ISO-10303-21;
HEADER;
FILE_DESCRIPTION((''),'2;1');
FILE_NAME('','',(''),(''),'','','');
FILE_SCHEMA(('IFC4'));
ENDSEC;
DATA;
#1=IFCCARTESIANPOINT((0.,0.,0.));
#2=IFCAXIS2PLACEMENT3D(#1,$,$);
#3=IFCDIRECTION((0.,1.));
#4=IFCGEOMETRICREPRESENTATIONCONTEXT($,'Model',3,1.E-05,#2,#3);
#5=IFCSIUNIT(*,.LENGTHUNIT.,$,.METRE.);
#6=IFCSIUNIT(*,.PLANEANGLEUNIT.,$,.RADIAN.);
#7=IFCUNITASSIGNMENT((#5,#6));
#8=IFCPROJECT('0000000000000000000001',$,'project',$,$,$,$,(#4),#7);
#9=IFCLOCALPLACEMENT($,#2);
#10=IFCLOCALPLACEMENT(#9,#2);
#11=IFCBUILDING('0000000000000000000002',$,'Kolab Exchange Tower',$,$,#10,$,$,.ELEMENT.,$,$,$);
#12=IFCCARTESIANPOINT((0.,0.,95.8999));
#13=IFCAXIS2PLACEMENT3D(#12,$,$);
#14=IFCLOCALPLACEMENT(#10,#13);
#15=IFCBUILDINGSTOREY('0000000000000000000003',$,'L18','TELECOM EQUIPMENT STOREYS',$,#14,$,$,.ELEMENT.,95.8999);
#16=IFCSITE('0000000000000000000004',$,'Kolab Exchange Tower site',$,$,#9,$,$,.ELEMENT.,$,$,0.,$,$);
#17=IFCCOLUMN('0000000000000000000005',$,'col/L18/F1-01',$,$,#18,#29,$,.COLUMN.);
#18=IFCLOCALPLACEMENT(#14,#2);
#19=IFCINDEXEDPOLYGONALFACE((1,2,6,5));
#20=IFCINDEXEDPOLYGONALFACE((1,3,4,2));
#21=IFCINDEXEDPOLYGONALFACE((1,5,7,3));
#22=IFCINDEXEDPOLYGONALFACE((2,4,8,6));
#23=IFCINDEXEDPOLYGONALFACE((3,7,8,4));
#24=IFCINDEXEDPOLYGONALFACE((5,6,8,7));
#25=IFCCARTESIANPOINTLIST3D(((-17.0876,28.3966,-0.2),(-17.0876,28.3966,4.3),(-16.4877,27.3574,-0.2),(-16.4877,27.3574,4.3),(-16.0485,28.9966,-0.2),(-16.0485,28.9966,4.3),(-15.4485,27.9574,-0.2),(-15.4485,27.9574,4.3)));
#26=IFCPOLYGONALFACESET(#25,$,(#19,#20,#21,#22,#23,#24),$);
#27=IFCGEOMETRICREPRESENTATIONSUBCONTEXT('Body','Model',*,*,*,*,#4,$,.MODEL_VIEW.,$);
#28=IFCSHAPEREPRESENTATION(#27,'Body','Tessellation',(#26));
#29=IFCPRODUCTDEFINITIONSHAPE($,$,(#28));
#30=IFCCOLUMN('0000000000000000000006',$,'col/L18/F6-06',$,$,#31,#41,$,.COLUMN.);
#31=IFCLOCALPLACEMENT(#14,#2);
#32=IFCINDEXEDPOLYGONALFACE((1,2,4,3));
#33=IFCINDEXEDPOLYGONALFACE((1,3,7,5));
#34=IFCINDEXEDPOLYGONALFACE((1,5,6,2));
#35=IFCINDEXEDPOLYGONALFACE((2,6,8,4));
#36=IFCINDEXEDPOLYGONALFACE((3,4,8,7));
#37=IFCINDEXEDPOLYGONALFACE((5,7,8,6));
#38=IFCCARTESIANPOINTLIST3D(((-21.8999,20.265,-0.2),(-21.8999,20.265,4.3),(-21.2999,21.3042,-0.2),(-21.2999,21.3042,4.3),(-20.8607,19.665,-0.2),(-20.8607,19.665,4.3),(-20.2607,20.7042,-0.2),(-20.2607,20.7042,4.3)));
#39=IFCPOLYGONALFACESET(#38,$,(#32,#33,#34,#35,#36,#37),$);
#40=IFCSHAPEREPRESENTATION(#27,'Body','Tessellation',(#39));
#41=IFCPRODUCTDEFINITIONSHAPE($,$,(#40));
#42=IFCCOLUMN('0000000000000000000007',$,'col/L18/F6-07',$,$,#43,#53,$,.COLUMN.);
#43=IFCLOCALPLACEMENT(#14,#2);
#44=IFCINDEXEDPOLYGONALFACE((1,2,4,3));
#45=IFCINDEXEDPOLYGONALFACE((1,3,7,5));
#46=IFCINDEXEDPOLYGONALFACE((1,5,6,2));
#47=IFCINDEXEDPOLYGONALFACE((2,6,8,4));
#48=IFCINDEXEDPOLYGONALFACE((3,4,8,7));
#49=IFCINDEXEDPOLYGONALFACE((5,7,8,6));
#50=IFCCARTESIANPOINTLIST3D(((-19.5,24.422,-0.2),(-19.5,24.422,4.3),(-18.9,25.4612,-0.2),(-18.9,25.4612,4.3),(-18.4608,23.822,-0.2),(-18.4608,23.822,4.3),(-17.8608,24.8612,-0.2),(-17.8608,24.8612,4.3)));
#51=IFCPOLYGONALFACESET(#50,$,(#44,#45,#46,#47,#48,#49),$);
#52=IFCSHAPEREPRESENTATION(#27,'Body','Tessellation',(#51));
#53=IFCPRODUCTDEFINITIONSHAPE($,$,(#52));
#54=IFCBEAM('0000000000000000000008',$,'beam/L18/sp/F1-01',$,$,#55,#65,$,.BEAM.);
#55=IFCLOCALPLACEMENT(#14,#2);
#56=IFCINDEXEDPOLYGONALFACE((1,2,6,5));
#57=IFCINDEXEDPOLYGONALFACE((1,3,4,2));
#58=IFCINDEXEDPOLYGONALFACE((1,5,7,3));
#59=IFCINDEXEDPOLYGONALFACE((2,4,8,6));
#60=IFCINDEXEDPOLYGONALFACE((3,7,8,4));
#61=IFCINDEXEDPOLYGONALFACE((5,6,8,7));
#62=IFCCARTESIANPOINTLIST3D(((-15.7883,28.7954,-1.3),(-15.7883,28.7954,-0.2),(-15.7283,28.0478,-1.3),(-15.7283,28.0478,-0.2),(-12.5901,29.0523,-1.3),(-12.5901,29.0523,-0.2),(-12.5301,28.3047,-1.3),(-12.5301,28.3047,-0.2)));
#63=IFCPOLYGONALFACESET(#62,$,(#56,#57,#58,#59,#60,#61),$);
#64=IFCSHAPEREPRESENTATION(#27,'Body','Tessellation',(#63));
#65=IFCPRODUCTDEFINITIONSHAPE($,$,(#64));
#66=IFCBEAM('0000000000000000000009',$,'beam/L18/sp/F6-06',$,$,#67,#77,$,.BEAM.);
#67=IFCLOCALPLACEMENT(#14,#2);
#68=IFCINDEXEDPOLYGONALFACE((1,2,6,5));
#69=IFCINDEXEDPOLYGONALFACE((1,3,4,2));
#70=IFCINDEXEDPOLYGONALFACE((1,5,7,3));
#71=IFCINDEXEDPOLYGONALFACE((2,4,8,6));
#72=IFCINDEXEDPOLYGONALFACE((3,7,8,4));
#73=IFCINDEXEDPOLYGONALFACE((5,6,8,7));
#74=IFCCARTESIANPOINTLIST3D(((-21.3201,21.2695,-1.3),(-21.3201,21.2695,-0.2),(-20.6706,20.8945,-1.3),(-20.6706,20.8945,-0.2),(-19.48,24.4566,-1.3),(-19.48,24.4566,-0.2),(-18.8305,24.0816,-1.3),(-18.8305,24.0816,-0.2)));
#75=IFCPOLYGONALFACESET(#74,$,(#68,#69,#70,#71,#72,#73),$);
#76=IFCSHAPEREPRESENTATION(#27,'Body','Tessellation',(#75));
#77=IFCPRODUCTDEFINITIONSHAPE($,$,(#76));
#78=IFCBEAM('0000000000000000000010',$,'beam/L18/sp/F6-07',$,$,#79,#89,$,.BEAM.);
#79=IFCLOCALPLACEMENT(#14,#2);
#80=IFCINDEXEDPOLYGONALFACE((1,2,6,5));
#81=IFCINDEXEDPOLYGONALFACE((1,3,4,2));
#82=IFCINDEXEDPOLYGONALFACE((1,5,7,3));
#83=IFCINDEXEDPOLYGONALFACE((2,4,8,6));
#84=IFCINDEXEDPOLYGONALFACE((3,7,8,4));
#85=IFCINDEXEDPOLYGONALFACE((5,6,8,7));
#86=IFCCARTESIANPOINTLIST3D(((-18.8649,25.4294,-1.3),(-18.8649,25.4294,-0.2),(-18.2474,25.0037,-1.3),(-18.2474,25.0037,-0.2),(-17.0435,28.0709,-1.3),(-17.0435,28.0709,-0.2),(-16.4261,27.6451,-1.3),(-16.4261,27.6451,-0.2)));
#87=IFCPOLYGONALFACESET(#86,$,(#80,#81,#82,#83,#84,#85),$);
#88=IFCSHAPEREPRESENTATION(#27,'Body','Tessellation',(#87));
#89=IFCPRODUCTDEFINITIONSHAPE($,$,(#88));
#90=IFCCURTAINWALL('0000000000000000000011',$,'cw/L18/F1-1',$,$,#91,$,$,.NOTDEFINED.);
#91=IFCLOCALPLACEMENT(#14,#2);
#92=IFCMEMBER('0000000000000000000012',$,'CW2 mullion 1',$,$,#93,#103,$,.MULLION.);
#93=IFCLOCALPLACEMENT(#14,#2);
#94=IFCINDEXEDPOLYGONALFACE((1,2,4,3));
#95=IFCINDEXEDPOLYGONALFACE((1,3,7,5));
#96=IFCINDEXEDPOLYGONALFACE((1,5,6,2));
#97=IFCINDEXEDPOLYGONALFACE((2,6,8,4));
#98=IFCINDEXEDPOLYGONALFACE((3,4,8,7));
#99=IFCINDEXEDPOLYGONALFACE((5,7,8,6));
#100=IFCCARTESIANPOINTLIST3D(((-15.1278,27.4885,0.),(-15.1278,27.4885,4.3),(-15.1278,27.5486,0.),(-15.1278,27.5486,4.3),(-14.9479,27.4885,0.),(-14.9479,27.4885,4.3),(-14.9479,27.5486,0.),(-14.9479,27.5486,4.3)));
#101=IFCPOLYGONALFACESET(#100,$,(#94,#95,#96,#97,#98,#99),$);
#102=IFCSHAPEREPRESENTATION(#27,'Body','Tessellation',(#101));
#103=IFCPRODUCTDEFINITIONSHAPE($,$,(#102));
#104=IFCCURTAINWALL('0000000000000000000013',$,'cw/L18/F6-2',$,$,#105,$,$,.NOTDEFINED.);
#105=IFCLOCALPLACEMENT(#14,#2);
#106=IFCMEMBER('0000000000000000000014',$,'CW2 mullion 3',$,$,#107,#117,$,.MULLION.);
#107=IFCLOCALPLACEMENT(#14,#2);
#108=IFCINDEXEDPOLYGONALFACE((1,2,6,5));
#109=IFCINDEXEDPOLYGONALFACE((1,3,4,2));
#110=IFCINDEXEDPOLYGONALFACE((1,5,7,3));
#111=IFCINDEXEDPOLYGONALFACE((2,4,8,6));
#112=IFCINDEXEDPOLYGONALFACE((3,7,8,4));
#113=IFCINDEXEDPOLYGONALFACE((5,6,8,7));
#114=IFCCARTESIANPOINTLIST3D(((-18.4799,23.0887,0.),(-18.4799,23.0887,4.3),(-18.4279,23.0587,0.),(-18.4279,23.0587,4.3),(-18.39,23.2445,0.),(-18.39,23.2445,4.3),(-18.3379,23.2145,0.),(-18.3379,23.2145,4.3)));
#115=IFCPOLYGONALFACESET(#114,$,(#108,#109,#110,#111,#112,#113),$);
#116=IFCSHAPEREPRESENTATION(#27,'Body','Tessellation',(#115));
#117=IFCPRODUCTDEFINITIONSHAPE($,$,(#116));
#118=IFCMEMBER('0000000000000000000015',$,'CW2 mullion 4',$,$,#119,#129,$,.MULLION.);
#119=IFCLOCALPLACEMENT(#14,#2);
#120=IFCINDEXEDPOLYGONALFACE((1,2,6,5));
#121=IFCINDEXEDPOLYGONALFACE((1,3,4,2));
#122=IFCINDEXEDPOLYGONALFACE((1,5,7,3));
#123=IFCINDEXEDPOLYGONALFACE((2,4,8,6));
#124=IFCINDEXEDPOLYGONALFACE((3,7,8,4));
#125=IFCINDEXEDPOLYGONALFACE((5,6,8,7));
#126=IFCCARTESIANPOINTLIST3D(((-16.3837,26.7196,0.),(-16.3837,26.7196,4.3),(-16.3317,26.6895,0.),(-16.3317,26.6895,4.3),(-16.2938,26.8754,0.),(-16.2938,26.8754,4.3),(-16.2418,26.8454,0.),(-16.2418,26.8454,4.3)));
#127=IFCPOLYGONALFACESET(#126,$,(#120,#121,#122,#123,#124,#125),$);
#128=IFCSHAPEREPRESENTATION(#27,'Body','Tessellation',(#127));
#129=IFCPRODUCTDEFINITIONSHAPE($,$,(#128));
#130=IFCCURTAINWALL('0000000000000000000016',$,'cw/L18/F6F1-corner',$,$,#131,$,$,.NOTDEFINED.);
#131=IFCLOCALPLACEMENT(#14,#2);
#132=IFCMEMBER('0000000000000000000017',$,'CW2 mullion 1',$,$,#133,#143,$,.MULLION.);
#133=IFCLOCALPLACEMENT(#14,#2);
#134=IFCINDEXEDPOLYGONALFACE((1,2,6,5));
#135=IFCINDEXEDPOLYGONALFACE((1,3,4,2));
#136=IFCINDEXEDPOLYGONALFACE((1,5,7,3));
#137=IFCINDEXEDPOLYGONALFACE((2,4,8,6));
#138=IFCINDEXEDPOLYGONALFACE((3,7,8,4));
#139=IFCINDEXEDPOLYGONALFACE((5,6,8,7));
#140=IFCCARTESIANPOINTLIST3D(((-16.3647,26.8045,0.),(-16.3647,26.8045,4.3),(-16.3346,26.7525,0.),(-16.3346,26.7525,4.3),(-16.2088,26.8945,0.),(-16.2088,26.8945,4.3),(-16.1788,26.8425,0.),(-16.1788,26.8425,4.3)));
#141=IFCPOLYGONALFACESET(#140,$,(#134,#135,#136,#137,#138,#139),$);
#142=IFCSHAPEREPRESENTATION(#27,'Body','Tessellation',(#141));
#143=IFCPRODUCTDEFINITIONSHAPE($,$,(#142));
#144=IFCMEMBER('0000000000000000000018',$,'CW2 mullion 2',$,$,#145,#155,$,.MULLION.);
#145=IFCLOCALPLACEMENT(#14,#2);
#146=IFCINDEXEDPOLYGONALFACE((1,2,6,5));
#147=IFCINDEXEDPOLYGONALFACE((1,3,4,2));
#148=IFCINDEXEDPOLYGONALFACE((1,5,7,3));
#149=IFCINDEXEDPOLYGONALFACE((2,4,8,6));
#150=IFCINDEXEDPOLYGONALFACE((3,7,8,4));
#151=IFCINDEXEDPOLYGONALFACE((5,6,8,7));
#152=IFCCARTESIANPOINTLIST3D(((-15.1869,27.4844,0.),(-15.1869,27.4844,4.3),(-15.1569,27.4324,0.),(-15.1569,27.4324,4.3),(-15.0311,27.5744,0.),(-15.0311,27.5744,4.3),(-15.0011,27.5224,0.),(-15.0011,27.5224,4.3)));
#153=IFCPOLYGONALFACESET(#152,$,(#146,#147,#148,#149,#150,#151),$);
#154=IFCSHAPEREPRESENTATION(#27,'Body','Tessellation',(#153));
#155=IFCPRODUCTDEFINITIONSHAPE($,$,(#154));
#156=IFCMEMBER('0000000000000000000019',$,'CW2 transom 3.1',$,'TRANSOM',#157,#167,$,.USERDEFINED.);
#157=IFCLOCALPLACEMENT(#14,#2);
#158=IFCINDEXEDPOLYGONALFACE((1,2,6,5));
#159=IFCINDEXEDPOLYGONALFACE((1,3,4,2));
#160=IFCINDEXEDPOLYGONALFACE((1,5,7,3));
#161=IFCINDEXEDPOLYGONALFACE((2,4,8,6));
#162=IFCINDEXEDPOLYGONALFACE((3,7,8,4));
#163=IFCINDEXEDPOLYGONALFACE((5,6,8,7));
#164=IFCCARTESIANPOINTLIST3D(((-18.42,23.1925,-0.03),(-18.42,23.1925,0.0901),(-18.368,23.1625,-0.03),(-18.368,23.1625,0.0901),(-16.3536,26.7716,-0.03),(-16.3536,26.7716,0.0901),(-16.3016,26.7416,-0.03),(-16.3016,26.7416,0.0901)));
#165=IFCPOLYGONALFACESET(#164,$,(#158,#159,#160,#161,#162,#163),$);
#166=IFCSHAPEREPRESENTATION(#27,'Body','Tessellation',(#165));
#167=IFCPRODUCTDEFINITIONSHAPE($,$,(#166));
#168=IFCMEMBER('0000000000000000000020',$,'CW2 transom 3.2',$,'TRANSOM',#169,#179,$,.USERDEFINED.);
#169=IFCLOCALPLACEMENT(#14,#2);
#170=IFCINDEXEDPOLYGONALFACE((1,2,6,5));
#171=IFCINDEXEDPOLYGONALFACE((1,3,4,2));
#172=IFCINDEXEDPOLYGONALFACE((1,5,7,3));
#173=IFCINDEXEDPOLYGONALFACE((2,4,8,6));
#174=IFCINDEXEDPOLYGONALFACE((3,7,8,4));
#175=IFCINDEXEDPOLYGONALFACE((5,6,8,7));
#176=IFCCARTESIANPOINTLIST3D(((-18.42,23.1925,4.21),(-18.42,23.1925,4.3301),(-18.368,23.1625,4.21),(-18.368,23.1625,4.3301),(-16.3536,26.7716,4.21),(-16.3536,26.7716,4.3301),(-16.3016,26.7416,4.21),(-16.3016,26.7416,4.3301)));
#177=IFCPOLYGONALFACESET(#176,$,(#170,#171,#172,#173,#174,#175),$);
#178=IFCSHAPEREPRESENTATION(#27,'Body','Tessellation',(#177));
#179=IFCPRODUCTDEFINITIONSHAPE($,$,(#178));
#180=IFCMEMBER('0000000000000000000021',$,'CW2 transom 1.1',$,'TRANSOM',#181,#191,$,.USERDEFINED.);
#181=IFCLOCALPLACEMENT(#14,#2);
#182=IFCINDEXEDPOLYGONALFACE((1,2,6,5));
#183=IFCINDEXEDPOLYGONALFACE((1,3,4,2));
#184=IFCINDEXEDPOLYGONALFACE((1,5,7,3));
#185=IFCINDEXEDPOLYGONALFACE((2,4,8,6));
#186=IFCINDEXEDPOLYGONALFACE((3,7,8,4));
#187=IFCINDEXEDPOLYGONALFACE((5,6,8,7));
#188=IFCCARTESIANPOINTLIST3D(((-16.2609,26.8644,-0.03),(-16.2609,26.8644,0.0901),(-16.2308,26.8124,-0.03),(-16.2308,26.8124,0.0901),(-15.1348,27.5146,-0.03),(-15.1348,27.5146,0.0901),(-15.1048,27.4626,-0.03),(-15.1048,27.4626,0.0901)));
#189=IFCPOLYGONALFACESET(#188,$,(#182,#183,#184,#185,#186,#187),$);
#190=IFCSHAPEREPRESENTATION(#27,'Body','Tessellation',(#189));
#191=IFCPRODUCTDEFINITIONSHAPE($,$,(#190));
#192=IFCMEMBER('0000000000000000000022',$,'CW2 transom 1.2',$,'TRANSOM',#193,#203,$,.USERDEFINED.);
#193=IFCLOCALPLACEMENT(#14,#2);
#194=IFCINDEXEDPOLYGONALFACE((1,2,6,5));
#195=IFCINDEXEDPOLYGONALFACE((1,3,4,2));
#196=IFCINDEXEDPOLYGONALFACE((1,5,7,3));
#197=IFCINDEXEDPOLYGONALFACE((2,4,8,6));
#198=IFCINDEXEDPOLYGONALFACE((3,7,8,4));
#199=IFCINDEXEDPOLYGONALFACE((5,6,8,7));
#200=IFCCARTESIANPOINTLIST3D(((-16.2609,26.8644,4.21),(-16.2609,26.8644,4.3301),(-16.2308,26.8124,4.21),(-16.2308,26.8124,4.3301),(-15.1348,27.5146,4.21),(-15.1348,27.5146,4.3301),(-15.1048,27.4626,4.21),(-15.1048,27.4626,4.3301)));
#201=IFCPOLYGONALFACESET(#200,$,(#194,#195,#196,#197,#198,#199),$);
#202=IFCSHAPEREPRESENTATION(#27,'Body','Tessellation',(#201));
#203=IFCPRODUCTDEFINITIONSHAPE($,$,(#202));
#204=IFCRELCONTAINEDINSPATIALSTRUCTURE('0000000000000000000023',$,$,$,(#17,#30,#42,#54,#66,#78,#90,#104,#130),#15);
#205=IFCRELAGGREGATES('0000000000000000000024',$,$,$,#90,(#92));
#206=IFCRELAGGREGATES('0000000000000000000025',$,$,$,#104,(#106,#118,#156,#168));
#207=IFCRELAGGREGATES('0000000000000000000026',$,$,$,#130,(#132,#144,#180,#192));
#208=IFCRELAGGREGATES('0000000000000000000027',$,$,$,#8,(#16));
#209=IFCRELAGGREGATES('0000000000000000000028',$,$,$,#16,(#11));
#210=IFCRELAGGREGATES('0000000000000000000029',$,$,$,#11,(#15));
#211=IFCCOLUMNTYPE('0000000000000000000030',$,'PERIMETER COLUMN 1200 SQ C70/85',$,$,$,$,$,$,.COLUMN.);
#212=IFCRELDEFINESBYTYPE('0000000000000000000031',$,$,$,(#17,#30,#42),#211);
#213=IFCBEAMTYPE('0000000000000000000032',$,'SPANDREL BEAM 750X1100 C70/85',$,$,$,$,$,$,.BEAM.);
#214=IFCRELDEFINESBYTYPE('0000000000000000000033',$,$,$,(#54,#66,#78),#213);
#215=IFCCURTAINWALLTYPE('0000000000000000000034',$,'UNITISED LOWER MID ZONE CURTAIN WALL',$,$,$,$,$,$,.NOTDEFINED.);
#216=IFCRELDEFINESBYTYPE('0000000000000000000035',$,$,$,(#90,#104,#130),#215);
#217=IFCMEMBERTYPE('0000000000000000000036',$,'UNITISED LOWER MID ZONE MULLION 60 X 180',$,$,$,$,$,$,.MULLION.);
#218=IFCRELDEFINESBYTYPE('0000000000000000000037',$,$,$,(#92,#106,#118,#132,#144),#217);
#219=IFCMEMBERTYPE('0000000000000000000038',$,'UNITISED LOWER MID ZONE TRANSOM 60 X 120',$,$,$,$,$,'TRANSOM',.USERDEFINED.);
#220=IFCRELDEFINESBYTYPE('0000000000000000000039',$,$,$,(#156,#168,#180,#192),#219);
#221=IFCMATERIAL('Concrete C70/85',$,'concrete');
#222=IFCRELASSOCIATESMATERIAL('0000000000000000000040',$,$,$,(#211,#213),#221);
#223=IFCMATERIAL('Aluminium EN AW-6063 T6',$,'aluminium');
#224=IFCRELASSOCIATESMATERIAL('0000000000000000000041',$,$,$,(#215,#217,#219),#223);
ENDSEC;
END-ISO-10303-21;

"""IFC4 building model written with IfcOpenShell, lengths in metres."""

from ifc_helpers import new_model, si_unit, direction, frame, origin, origin_2d, place, context, subcontext, project, spatial, rectangle, extrude, material, material_profile, profile_set, type_object, element, aggregate, save


model = new_model("IFC4")

# Units and contexts
model_context = context("Model", 3, precision=1e-05, world=origin(), true_north=direction((0.0, 1.0)))
body_context = subcontext(model_context, "Body", "Model", "MODEL_VIEW")
ifc_project = project(units=[si_unit("LENGTHUNIT", "METRE"), si_unit("PLANEANGLEUNIT", "RADIAN")], contexts=[model_context])

# Site, building, storey
site_placement = place(None, origin())
site = spatial("IfcSite", under=ifc_project, at=site_placement, Name="Kolab Exchange Tower site", CompositionType="ELEMENT", RefElevation=0.0)
building_placement = place(site_placement, origin())
building = spatial("IfcBuilding", under=site, at=building_placement, Name="Kolab Exchange Tower", CompositionType="ELEMENT")
storey_placement = place(building_placement, frame((0.0, 0.0, 95.8999)))
storey = spatial("IfcBuildingStorey", under=building, at=storey_placement, Name="L18", Description="TELECOM EQUIPMENT STOREYS", CompositionType="ELEMENT", Elevation=95.8999)

# Columns
ifc_material_1 = material(Name="Concrete C70/85", Category="concrete")
ifc_material_profile_1 = material_profile(ifc_material_1, rectangle(XDim=1.2, YDim=1.2, at=origin_2d()), Name="RC1200")
ifc_profile_set_1 = profile_set([ifc_material_profile_1], Name="Concrete C70/85")
column_type = type_object("IfcColumnType", Name="PERIMETER COLUMN 1200 SQ C70/85", PredefinedType="COLUMN", material=ifc_profile_set_1)
for number, where, z_axis, x_axis, name in (
    (1, (-16.2681, 28.177, -0.2), (0.0, 0.0, 1.0), (0.866025, 0.5, 0.0), "col/L18/F1-01"),
    (2, (-21.0803, 20.4846, -0.2), (0.0, 0.0, 1.0), (0.5, 0.866025, 0.0), "col/L18/F6-06"),
    (3, (-18.6804, 24.6416, -0.2), (0.0, 0.0, 1.0), (0.5, 0.866025, 0.0), "col/L18/F6-07"),
):
    element("IfcColumn", number, at=place(storey_placement, frame(where, z_axis=z_axis, x_axis=x_axis)), inside=storey, type_object=column_type, Name=name, PredefinedType="COLUMN", context=body_context, shape_type="SweptSolid", body=[
        extrude(rectangle(XDim=1.2, YDim=1.2, at=origin_2d()), origin(), (0.0, 0.0, 1.0), 4.5),
    ])

# Beams
ifc_material_profile_2 = material_profile(ifc_material_1, rectangle(XDim=0.75, YDim=1.1001, at=origin_2d()), Name="RC750X1100")
ifc_profile_set_2 = profile_set([ifc_material_profile_2], Name="Concrete C70/85")
beam_type = type_object("IfcBeamType", Name="SPANDREL BEAM 750X1100 C70/85", PredefinedType="BEAM", material=ifc_profile_set_2)
beam_1_placement = place(storey_placement, frame((-15.7583, 28.4216, -0.75), z_axis=(0.996791, 0.080048, 0.0), x_axis=(-0.080048, 0.996791, 0.0)))
element("IfcBeam", 4, at=beam_1_placement, inside=storey, type_object=beam_type, Name="beam/L18/sp/F1-01", PredefinedType="BEAM", context=body_context, shape_type="SweptSolid", body=[
    extrude(rectangle(XDim=0.75, YDim=1.1001, at=origin_2d()), origin(), (0.0, 0.0, 1.0), 3.2085),
])
beam_2_placement = place(storey_placement, frame((-20.9954, 21.082, -0.75), z_axis=(0.500013, 0.866018, 0.0), x_axis=(-0.866018, 0.500013, 0.0)))
element("IfcBeam", 5, at=beam_2_placement, inside=storey, type_object=beam_type, Name="beam/L18/sp/F6-06", PredefinedType="BEAM", context=body_context, shape_type="SweptSolid", body=[
    extrude(rectangle(XDim=0.75, YDim=1.1001, at=origin_2d()), origin(), (0.0, 0.0, 1.0), 3.6802),
])
beam_3_placement = place(storey_placement, frame((-18.5562, 25.2166, -0.75), z_axis=(0.567662, 0.823262, 0.0), x_axis=(-0.823262, 0.567662, 0.0)))
element("IfcBeam", 6, at=beam_3_placement, inside=storey, type_object=beam_type, Name="beam/L18/sp/F6-07", PredefinedType="BEAM", context=body_context, shape_type="SweptSolid", body=[
    extrude(rectangle(XDim=0.75, YDim=1.1001, at=origin_2d()), origin(), (0.0, 0.0, 1.0), 3.2085),
])

# Curtain wall, member
ifc_material_2 = material(Name="Aluminium EN AW-6063 T6", Category="aluminium")
curtain_wall_type = type_object("IfcCurtainWallType", Name="UNITISED LOWER MID ZONE CURTAIN WALL", PredefinedType="NOTDEFINED", material=ifc_material_2)
curtain_wall_1_placement = place(storey_placement, origin())
curtain_wall_1 = element("IfcCurtainWall", 7, at=curtain_wall_1_placement, inside=storey, type_object=curtain_wall_type, Name="cw/L18/F1-1", PredefinedType="NOTDEFINED")
ifc_material_profile_3 = material_profile(ifc_material_2, rectangle(XDim=0.0601, YDim=0.1799, at=origin_2d()), Name="RECT 60X180")
ifc_profile_set_3 = profile_set([ifc_material_profile_3], Name="Aluminium EN AW-6063 T6")
member_type_1 = type_object("IfcMemberType", Name="UNITISED LOWER MID ZONE MULLION 60 X 180", PredefinedType="MULLION", material=ifc_profile_set_3)
member_1_placement = place(storey_placement, frame((-15.0378, 27.5186, 0.0), z_axis=(0.0, 0.0, 1.0), x_axis=(0.0, 1.0, 0.0)))
member_1 = element("IfcMember", 8, at=member_1_placement, type_object=member_type_1, Name="CW2 mullion 1", PredefinedType="MULLION", context=body_context, shape_type="SweptSolid", body=[
    extrude(rectangle(XDim=0.0601, YDim=0.1799, at=origin_2d()), origin(), (0.0, 0.0, 1.0), 4.3),
])
aggregate(curtain_wall_1, [member_1])

# Curtain walls, members
curtain_wall_2_placement = place(storey_placement, origin())
curtain_wall_2 = element("IfcCurtainWall", 9, at=curtain_wall_2_placement, inside=storey, type_object=curtain_wall_type, Name="cw/L18/F6-2", PredefinedType="NOTDEFINED")
member_2_placement = place(storey_placement, frame((-18.4089, 23.1516, 0.0), z_axis=(0.0, 0.0, 1.0), x_axis=(-0.866025, 0.5, 0.0)))
member_2 = element("IfcMember", 10, at=member_2_placement, type_object=member_type_1, Name="CW2 mullion 3", PredefinedType="MULLION", context=body_context, shape_type="SweptSolid", body=[
    extrude(rectangle(XDim=0.0601, YDim=0.1799, at=origin_2d()), origin(), (0.0, 0.0, 1.0), 4.3),
])
member_3_placement = place(storey_placement, frame((-16.3127, 26.7825, 0.0), z_axis=(0.0, 0.0, 1.0), x_axis=(-0.866025, 0.5, 0.0)))
member_3 = element("IfcMember", 11, at=member_3_placement, type_object=member_type_1, Name="CW2 mullion 4", PredefinedType="MULLION", context=body_context, shape_type="SweptSolid", body=[
    extrude(rectangle(XDim=0.0601, YDim=0.1799, at=origin_2d()), origin(), (0.0, 0.0, 1.0), 4.3),
])
curtain_wall_3_placement = place(storey_placement, origin())
curtain_wall_3 = element("IfcCurtainWall", 12, at=curtain_wall_3_placement, inside=storey, type_object=curtain_wall_type, Name="cw/L18/F6F1-corner", PredefinedType="NOTDEFINED")
member_4_placement = place(storey_placement, frame((-16.2717, 26.8235, 0.0), z_axis=(0.0, 0.0, 1.0), x_axis=(-0.5, 0.866025, 0.0)))
member_4 = element("IfcMember", 13, at=member_4_placement, type_object=member_type_1, Name="CW2 mullion 1", PredefinedType="MULLION", context=body_context, shape_type="SweptSolid", body=[
    extrude(rectangle(XDim=0.0601, YDim=0.1799, at=origin_2d()), origin(), (0.0, 0.0, 1.0), 4.3),
])
member_5_placement = place(storey_placement, frame((-15.094, 27.5034, 0.0), z_axis=(0.0, 0.0, 1.0), x_axis=(-0.5, 0.866025, 0.0)))
member_5 = element("IfcMember", 14, at=member_5_placement, type_object=member_type_1, Name="CW2 mullion 2", PredefinedType="MULLION", context=body_context, shape_type="SweptSolid", body=[
    extrude(rectangle(XDim=0.0601, YDim=0.1799, at=origin_2d()), origin(), (0.0, 0.0, 1.0), 4.3),
])

# Members
ifc_material_profile_4 = material_profile(ifc_material_2, rectangle(XDim=0.0601, YDim=0.1201, at=origin_2d()), Name="RECT 60X120")
ifc_profile_set_4 = profile_set([ifc_material_profile_4], Name="Aluminium EN AW-6063 T6")
member_type_2 = type_object("IfcMemberType", Name="UNITISED LOWER MID ZONE TRANSOM 60 X 120", ElementType="TRANSOM", PredefinedType="USERDEFINED", material=ifc_profile_set_4)
member_6_placement = place(storey_placement, frame((-18.394, 23.1775, 0.03), z_axis=(0.500002, 0.866024, 0.0), x_axis=(-0.866024, 0.500002, 0.0)))
member_6 = element("IfcMember", 15, at=member_6_placement, type_object=member_type_2, Name="CW2 transom 3.1", ObjectType="TRANSOM", PredefinedType="USERDEFINED", context=body_context, shape_type="SweptSolid", body=[
    extrude(rectangle(XDim=0.0601, YDim=0.1201, at=origin_2d()), origin(), (0.0, 0.0, 1.0), 4.1328),
])
member_7_placement = place(storey_placement, frame((-18.394, 23.1775, 4.27), z_axis=(0.500002, 0.866024, 0.0), x_axis=(-0.866024, 0.500002, 0.0)))
member_7 = element("IfcMember", 16, at=member_7_placement, type_object=member_type_2, Name="CW2 transom 3.2", ObjectType="TRANSOM", PredefinedType="USERDEFINED", context=body_context, shape_type="SweptSolid", body=[
    extrude(rectangle(XDim=0.0601, YDim=0.1201, at=origin_2d()), origin(), (0.0, 0.0, 1.0), 4.1328),
])
member_8_placement = place(storey_placement, frame((-16.2458, 26.8384, 0.03), z_axis=(0.866004, 0.500037, 0.0), x_axis=(-0.500037, 0.866004, 0.0)))
member_8 = element("IfcMember", 17, at=member_8_placement, type_object=member_type_2, Name="CW2 transom 1.1", ObjectType="TRANSOM", PredefinedType="USERDEFINED", context=body_context, shape_type="SweptSolid", body=[
    extrude(rectangle(XDim=0.0601, YDim=0.1201, at=origin_2d()), origin(), (0.0, 0.0, 1.0), 1.3003),
])
member_9_placement = place(storey_placement, frame((-16.2458, 26.8384, 4.27), z_axis=(0.866004, 0.500037, 0.0), x_axis=(-0.500037, 0.866004, 0.0)))
member_9 = element("IfcMember", 18, at=member_9_placement, type_object=member_type_2, Name="CW2 transom 1.2", ObjectType="TRANSOM", PredefinedType="USERDEFINED", context=body_context, shape_type="SweptSolid", body=[
    extrude(rectangle(XDim=0.0601, YDim=0.1201, at=origin_2d()), origin(), (0.0, 0.0, 1.0), 1.3003),
])

aggregate(curtain_wall_2, [member_2, member_3, member_6, member_7])
aggregate(curtain_wall_3, [member_4, member_5, member_8, member_9])

save(model, "model.ifc")
